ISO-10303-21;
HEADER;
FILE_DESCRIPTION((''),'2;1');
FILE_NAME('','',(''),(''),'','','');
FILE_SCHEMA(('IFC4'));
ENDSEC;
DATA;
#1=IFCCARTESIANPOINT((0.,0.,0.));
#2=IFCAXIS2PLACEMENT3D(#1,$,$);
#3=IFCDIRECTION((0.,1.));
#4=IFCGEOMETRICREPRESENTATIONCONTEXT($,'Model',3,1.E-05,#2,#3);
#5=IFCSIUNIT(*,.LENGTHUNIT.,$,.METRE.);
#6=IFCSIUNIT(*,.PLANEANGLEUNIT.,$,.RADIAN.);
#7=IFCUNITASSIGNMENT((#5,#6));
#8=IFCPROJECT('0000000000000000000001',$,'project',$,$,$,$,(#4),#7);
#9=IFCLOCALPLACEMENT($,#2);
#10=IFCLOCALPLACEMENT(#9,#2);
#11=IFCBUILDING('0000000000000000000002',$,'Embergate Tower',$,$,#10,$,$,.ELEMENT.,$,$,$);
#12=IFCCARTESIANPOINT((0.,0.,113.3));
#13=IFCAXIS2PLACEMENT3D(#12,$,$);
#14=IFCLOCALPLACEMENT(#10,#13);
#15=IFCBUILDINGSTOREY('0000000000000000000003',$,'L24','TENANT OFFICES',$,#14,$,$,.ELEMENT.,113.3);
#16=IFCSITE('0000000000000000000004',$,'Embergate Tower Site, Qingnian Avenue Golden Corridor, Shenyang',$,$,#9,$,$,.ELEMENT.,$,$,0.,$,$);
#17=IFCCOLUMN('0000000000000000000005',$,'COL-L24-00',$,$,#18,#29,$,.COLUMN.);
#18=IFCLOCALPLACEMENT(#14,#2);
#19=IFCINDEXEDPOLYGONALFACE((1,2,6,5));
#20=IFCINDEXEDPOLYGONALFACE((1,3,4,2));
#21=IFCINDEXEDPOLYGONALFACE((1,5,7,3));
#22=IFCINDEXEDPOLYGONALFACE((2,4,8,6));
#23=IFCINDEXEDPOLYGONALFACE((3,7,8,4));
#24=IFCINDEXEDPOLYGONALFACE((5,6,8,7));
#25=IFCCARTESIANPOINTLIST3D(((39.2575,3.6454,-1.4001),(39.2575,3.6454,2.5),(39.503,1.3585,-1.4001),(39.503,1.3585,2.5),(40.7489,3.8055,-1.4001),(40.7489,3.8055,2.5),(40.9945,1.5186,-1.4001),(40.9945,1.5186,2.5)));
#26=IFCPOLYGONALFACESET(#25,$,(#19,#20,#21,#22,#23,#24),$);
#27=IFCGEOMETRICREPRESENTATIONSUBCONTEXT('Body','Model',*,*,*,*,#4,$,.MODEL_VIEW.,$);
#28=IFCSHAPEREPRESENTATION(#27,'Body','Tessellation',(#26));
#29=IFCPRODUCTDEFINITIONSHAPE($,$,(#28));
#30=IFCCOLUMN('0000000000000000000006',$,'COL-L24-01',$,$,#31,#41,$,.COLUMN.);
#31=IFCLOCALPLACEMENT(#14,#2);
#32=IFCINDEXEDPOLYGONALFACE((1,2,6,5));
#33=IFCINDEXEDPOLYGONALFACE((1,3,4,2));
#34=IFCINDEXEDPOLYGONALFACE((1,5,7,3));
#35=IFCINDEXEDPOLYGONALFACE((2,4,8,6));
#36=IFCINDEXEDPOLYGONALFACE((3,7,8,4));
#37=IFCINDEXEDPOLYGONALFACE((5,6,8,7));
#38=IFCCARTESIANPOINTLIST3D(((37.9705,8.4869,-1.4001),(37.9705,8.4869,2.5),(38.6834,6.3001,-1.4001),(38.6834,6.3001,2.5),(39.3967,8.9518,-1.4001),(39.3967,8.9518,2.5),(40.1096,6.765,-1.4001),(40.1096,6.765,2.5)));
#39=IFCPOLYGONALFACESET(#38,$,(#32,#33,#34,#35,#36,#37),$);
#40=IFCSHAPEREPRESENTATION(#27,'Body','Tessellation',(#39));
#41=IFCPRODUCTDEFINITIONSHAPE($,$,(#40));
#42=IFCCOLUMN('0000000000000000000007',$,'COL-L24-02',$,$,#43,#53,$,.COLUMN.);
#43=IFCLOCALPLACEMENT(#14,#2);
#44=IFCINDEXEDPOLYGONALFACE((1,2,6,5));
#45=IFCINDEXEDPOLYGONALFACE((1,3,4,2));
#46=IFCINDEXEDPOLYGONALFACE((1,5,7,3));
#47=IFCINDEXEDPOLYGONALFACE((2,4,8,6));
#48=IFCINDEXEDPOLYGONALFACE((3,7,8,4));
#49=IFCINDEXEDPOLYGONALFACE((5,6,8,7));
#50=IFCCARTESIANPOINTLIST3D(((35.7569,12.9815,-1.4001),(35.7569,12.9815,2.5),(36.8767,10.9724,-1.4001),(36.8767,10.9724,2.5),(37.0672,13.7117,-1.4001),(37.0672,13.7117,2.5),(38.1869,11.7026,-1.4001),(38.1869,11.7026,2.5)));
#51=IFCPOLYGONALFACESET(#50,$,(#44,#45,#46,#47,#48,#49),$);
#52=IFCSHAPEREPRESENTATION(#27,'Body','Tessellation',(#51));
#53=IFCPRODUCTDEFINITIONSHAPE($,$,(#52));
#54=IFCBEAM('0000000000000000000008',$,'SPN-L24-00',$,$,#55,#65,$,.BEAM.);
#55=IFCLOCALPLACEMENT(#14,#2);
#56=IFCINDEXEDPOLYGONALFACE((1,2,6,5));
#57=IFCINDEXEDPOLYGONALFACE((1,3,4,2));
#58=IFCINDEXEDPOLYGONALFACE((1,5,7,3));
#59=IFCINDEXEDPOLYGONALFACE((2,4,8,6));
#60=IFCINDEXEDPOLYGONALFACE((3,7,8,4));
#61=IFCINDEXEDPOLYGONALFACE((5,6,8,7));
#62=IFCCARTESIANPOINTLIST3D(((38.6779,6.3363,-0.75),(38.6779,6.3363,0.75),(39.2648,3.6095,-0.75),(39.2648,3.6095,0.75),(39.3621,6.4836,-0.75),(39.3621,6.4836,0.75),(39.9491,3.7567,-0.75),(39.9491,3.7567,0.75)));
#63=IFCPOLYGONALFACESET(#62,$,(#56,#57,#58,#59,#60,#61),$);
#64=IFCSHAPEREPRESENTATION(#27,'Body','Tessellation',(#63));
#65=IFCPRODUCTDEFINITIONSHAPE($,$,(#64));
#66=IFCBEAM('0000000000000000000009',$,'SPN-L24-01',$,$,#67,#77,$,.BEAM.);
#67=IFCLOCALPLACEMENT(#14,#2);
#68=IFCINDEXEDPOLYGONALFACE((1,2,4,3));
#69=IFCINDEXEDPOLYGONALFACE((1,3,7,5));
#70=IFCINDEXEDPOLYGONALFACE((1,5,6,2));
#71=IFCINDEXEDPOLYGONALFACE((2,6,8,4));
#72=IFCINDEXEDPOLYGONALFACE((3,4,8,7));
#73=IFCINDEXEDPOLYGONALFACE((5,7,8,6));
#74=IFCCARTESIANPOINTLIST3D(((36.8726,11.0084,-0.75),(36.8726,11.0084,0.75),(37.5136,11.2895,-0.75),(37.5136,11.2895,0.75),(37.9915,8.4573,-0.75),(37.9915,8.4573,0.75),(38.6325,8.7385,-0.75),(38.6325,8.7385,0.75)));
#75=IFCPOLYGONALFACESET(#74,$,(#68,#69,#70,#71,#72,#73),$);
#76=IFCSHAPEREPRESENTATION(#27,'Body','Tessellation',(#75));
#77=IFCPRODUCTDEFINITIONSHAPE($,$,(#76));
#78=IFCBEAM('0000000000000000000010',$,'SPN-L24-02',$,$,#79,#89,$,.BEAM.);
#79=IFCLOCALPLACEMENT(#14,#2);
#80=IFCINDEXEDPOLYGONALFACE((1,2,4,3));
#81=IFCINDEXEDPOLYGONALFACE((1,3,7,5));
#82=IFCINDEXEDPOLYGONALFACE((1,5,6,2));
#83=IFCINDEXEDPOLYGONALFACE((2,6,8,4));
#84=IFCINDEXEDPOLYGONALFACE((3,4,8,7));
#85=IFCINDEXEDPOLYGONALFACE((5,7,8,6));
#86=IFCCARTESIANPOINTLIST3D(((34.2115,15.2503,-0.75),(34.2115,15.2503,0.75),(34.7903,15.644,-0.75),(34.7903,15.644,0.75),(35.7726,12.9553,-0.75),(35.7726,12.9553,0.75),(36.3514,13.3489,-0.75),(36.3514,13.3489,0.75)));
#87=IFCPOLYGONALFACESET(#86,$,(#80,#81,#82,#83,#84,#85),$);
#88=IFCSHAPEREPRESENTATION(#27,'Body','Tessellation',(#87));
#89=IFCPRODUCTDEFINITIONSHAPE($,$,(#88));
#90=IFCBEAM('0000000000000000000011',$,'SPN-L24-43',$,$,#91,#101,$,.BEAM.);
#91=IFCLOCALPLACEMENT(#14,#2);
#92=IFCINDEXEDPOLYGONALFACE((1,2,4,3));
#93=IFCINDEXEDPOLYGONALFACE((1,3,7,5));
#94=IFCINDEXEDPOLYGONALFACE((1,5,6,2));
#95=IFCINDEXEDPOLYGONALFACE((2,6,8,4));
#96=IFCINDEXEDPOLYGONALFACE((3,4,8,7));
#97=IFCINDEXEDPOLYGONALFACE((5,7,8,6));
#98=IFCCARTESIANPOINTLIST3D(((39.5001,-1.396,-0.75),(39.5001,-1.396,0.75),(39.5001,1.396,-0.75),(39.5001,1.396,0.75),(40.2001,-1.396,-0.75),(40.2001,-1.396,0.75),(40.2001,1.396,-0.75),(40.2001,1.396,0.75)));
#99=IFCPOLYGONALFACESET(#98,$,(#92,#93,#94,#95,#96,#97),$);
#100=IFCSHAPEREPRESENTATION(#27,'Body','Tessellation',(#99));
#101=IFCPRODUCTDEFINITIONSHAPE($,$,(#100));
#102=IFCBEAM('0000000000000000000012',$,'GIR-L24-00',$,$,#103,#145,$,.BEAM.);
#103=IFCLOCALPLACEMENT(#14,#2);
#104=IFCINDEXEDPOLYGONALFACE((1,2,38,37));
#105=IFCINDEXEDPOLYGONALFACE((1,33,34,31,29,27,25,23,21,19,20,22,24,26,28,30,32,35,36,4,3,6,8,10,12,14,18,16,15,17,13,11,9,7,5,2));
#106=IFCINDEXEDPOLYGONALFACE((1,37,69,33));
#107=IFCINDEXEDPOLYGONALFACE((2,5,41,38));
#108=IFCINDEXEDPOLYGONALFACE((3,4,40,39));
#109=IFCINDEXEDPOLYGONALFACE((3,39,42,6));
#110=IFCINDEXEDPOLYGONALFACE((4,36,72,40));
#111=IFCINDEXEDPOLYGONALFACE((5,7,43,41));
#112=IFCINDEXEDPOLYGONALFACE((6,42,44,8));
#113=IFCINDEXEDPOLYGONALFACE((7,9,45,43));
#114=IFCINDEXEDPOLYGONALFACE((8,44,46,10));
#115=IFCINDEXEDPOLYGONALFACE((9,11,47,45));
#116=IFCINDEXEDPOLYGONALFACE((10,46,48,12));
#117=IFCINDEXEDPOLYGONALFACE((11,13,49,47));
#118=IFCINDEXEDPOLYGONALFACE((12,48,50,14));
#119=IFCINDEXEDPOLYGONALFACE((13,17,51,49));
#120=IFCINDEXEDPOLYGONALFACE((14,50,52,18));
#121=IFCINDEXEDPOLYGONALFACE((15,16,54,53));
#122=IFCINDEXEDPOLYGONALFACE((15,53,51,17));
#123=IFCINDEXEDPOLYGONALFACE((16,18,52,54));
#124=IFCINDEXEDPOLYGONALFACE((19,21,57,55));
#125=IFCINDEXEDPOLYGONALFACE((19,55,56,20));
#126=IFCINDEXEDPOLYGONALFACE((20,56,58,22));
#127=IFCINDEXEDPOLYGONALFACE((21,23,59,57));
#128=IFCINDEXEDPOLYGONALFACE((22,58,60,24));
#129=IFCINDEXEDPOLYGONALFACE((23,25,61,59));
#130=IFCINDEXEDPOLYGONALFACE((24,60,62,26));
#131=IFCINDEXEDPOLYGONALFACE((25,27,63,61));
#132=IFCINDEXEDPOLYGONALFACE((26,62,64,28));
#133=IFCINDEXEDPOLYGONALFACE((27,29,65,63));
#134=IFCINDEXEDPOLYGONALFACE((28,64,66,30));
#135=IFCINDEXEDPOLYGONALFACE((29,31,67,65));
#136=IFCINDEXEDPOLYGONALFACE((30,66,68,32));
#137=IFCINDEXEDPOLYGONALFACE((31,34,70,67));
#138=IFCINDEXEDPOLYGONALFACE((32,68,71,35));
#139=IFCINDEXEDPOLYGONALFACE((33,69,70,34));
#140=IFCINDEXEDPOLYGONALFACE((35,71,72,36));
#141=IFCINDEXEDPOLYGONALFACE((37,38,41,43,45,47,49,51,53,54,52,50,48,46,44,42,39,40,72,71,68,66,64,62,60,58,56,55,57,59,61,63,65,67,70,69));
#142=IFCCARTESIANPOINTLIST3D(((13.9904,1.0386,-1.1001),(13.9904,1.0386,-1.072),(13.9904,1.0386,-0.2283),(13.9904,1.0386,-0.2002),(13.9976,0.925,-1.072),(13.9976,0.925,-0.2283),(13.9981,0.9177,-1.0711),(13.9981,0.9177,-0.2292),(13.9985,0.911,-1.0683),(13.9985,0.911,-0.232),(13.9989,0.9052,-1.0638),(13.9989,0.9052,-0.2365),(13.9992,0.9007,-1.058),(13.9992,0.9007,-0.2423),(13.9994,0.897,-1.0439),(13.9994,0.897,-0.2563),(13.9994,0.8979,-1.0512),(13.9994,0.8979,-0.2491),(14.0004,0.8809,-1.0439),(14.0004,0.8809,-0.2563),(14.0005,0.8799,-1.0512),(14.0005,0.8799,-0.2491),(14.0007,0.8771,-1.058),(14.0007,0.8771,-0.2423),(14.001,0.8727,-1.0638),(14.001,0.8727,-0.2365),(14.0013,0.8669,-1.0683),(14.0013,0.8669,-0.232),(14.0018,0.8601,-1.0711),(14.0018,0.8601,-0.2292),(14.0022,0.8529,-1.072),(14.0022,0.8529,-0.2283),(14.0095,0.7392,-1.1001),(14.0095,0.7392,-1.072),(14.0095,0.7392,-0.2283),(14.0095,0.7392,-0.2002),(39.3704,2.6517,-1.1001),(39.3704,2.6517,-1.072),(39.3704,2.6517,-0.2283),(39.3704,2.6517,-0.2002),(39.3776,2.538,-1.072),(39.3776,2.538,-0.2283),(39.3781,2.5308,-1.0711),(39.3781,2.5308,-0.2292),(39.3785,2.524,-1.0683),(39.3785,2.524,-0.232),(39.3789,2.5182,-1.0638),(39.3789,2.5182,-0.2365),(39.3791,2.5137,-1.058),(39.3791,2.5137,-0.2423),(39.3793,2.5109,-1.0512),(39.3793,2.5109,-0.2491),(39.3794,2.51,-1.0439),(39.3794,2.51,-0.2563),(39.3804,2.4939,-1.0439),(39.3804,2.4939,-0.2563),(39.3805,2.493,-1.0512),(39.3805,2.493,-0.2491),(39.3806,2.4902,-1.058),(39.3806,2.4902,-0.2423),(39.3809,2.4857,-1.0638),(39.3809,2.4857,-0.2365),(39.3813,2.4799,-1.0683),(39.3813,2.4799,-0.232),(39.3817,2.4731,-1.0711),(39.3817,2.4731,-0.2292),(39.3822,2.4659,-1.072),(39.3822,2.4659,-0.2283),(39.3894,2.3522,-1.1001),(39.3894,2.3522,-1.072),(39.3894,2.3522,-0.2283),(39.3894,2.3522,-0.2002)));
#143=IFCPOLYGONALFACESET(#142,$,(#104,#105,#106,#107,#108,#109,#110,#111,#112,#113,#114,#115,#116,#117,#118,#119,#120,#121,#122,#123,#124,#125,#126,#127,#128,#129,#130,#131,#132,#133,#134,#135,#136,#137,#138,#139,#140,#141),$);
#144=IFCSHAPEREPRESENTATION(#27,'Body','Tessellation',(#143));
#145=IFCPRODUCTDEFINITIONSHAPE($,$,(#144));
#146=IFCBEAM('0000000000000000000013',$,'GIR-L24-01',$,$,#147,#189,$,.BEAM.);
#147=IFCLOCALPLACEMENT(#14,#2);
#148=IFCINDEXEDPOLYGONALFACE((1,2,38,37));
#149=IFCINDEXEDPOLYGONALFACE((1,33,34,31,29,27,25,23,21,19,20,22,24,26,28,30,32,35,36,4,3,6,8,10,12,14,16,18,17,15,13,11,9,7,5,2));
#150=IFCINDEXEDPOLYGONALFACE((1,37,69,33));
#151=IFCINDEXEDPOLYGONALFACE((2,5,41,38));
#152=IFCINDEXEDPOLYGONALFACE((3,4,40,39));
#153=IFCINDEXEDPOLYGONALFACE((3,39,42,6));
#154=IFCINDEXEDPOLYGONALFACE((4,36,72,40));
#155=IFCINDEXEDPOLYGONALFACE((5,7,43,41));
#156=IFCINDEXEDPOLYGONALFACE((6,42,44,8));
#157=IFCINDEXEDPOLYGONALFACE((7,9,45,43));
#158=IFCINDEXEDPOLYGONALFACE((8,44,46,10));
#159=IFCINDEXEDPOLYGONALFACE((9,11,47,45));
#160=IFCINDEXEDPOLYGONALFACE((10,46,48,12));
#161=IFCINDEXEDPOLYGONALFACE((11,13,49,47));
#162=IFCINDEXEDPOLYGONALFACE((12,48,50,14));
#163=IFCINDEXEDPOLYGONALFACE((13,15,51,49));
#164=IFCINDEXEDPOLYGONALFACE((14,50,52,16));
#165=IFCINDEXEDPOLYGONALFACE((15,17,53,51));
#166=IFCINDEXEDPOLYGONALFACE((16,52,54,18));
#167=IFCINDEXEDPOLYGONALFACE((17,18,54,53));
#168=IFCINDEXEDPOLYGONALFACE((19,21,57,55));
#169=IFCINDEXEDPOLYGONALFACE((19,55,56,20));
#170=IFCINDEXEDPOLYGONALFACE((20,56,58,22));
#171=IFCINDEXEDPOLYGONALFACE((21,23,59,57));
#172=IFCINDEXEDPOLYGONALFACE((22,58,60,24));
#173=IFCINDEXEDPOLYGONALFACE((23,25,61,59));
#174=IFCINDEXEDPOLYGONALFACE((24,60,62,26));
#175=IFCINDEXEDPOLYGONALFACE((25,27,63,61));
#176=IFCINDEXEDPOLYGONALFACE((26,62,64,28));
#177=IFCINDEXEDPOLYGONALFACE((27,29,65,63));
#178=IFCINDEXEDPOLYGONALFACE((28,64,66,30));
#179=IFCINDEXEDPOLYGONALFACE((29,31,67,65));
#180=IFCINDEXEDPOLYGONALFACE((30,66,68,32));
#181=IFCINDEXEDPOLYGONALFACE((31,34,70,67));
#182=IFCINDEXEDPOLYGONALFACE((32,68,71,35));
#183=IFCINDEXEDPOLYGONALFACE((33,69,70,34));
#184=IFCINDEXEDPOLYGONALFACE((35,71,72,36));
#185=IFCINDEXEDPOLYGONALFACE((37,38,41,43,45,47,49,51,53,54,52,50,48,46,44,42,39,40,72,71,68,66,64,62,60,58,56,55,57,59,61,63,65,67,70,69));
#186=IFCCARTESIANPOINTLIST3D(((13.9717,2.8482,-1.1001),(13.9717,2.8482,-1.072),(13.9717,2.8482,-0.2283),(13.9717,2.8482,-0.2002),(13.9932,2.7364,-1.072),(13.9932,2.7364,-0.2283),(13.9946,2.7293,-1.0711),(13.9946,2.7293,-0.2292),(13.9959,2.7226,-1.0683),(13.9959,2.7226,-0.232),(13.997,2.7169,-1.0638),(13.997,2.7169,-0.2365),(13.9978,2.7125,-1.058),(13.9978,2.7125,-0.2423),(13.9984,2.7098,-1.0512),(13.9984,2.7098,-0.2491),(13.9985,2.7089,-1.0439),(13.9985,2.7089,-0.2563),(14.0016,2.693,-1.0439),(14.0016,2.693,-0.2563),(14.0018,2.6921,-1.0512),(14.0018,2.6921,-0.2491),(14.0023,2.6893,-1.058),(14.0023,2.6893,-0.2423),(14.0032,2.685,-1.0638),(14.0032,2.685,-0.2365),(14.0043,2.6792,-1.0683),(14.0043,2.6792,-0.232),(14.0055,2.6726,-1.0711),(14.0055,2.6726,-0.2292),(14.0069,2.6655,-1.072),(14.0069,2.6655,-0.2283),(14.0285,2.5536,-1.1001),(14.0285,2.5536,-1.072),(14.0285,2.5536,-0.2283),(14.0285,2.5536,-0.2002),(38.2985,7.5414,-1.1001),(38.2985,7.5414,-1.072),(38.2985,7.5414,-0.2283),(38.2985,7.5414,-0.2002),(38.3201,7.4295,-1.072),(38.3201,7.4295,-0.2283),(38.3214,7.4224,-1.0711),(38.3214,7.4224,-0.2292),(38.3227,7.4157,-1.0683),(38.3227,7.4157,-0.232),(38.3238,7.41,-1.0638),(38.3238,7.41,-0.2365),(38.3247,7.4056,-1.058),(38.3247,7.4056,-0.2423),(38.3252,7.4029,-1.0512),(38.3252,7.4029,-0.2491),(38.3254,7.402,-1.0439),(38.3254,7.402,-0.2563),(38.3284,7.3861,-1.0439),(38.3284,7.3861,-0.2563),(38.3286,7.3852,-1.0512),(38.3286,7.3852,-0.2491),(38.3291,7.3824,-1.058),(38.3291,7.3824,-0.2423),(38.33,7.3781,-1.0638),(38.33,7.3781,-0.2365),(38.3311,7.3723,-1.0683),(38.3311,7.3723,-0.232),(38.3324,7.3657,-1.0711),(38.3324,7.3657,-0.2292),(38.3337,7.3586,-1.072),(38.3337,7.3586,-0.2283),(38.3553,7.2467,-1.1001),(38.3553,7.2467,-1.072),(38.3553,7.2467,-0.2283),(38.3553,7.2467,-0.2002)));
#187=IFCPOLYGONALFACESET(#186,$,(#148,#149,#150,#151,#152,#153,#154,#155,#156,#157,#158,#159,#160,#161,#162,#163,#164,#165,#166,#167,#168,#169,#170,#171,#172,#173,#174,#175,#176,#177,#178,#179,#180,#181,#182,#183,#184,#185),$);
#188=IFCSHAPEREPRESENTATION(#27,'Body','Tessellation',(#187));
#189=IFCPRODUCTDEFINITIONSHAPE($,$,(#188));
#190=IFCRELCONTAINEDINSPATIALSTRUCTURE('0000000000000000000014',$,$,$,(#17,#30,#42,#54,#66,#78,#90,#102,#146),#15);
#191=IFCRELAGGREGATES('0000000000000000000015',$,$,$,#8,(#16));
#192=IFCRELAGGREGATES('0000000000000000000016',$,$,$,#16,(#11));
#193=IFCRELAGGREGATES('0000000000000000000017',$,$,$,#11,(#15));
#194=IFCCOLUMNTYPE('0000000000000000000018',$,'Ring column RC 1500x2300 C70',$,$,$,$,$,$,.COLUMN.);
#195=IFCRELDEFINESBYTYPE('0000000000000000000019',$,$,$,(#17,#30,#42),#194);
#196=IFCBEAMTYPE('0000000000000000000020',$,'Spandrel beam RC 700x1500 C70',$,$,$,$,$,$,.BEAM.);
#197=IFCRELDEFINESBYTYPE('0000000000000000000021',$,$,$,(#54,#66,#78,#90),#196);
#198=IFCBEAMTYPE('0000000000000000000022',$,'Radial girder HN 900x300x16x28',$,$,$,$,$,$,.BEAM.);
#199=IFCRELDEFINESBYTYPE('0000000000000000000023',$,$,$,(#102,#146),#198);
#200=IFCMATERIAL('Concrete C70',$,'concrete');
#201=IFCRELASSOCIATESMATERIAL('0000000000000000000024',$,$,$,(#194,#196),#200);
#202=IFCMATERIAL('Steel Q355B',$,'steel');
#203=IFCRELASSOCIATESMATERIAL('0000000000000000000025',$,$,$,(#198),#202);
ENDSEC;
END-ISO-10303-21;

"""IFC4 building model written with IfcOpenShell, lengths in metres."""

from ifc_helpers import new_model, si_unit, direction, frame, origin, origin_2d, place, context, subcontext, project, spatial, rectangle, i_section, extrude, source, transform, mapped, material, material_profile, profile_set, type_object, element, save


model = new_model("IFC4")

# Units and contexts
model_context = context("Model", 3, precision=1e-05, world=origin(), true_north=direction((0.0, 1.0)))
body_context = subcontext(model_context, "Body", "Model", "MODEL_VIEW")
ifc_project = project(units=[si_unit("LENGTHUNIT", "METRE"), si_unit("PLANEANGLEUNIT", "RADIAN")], contexts=[model_context])

# Site, building, storey
site_placement = place(None, origin())
site = spatial("IfcSite", under=ifc_project, at=site_placement, Name="Embergate Tower Site, Qingnian Avenue Golden Corridor, Shenyang", CompositionType="ELEMENT", RefElevation=0.0)
building_placement = place(site_placement, origin())
building = spatial("IfcBuilding", under=site, at=building_placement, Name="Embergate Tower", CompositionType="ELEMENT")
storey_placement = place(building_placement, frame((0.0, 0.0, 113.3)))
storey = spatial("IfcBuildingStorey", under=building, at=storey_placement, Name="L24", Description="TENANT OFFICES", CompositionType="ELEMENT", Elevation=113.3)

# Columns
ifc_material_1 = material(Name="Concrete C70", Category="concrete")
ifc_material_profile_1 = material_profile(ifc_material_1, rectangle(XDim=1.5, YDim=2.3, at=origin_2d()), Name="RC 1500x2300")
ifc_profile_set_1 = profile_set([ifc_material_profile_1], Name="Concrete C70")
column_type = type_object("IfcColumnType", Name="Ring column RC 1500x2300 C70", PredefinedType="COLUMN", material=ifc_profile_set_1)
shared_shape_1 = source(origin(), body_context, "Body", "SweptSolid", [
    extrude(rectangle(XDim=1.5, YDim=2.3, at=origin_2d()), origin(), (0.0, 0.0, 1.0), 3.9001),
])
for number, where, z_axis, x_axis, name in (
    (1, (40.126, 2.582, -1.4001), (0.0, 0.0, 1.0), (0.994286, 0.10675, 0.0), "COL-L24-00"),
    (2, (39.04, 7.626, -1.4001), (0.0, 0.0, 1.0), (0.950754, 0.309946, 0.0), "COL-L24-01"),
    (3, (36.9719, 12.342, -1.4001), (0.0, 0.0, 1.0), (0.8735, 0.486823, 0.0), "COL-L24-02"),
):
    element("IfcColumn", number, at=place(storey_placement, frame(where, z_axis=z_axis, x_axis=x_axis)), inside=storey, type_object=column_type, Name=name, PredefinedType="COLUMN", context=body_context, shape_type="MappedRepresentation", body=[
        mapped(shared_shape_1, transform((0.0, 0.0, 0.0))),
    ])

# Beams
ifc_material_profile_2 = material_profile(ifc_material_1, rectangle(XDim=0.7, YDim=1.5, at=origin_2d()), Name="RC 700x1500")
ifc_profile_set_2 = profile_set([ifc_material_profile_2], Name="Concrete C70")
beam_type_1 = type_object("IfcBeamType", Name="Spandrel beam RC 700x1500 C70", PredefinedType="BEAM", material=ifc_profile_set_2)
shared_shape_2 = source(origin(), body_context, "Body", "SweptSolid", [
    extrude(rectangle(XDim=0.7, YDim=1.5, at=origin_2d()), origin(), (0.0, 0.0, 1.0), 2.7893),
])
beam_1_placement = place(storey_placement, frame((39.6069, 3.6831, 0.0), z_axis=(-0.21042, 0.977611, 0.0), x_axis=(-0.977611, -0.21042, 0.0)))
element("IfcBeam", 4, at=beam_1_placement, inside=storey, type_object=beam_type_1, Name="SPN-L24-00", PredefinedType="BEAM", context=body_context, shape_type="MappedRepresentation", body=[
    mapped(shared_shape_2, transform((0.0, 0.0, 0.0))),
])
shared_shape_3 = source(origin(), body_context, "Body", "SweptSolid", [
    extrude(rectangle(XDim=0.7, YDim=1.5, at=origin_2d()), origin(), (0.0, 0.0, 1.0), 2.7856),
])
beam_2_placement = place(storey_placement, frame((38.312, 8.5979, 0.0), z_axis=(-0.401669, 0.915785, 0.0), x_axis=(-0.915785, -0.401669, 0.0)))
element("IfcBeam", 5, at=beam_2_placement, inside=storey, type_object=beam_type_1, Name="SPN-L24-01", PredefinedType="BEAM", context=body_context, shape_type="MappedRepresentation", body=[
    mapped(shared_shape_3, transform((0.0, 0.0, 0.0))),
])
shared_shape_4 = source(origin(), body_context, "Body", "SweptSolid", [
    extrude(rectangle(XDim=0.7, YDim=1.5, at=origin_2d()), origin(), (0.0, 0.0, 1.0), 2.7756),
])
beam_3_placement = place(storey_placement, frame((36.062, 13.1521, 0.0), z_axis=(-0.56243, 0.826845, 0.0), x_axis=(-0.826845, -0.56243, 0.0)))
element("IfcBeam", 6, at=beam_3_placement, inside=storey, type_object=beam_type_1, Name="SPN-L24-02", PredefinedType="BEAM", context=body_context, shape_type="MappedRepresentation", body=[
    mapped(shared_shape_4, transform((0.0, 0.0, 0.0))),
])
shared_shape_5 = source(origin(), body_context, "Body", "SweptSolid", [
    extrude(rectangle(XDim=0.7, YDim=1.5, at=origin_2d()), origin(), (0.0, 0.0, 1.0), 2.792),
])
beam_4_placement = place(storey_placement, frame((39.8501, -1.396, 0.0), z_axis=(0.0, 1.0, 0.0), x_axis=(-1.0, 0.0, 0.0)))
element("IfcBeam", 7, at=beam_4_placement, inside=storey, type_object=beam_type_1, Name="SPN-L24-43", PredefinedType="BEAM", context=body_context, shape_type="MappedRepresentation", body=[
    mapped(shared_shape_5, transform((0.0, 0.0, 0.0))),
])
ifc_material_2 = material(Name="Steel Q355B", Category="steel")
ifc_material_profile_3 = material_profile(ifc_material_2, i_section(OverallWidth=0.3, OverallDepth=0.8999, WebThickness=0.0161, FlangeThickness=0.0281, FilletRadius=0.0281, at=origin_2d()), Name="HN 900x300x16x28")
ifc_profile_set_3 = profile_set([ifc_material_profile_3], Name="Steel Q355 grade B")
beam_type_2 = type_object("IfcBeamType", Name="Radial girder HN 900x300x16x28", PredefinedType="BEAM", material=ifc_profile_set_3)
shared_shape_6 = source(origin(), body_context, "Body", "SweptSolid", [
    extrude(i_section(OverallWidth=0.3, OverallDepth=0.8999, WebThickness=0.0161, FlangeThickness=0.0281, FilletRadius=0.0281, at=origin_2d()), origin(), (0.0, 0.0, 1.0), 25.4312),
])
beam_5_placement = place(storey_placement, frame((39.3799, 2.502, -0.6501), z_axis=(-0.997986, -0.063428, 0.0), x_axis=(0.063428, -0.997986, 0.0)))
element("IfcBeam", 8, at=beam_5_placement, inside=storey, type_object=beam_type_2, Name="GIR-L24-00", PredefinedType="BEAM", context=body_context, shape_type="MappedRepresentation", body=[
    mapped(shared_shape_6, transform((0.0, 0.0, 0.0))),
])
shared_shape_7 = source(origin(), body_context, "Body", "SweptSolid", [
    extrude(i_section(OverallWidth=0.3, OverallDepth=0.8999, WebThickness=0.0161, FlangeThickness=0.0281, FilletRadius=0.0281, at=origin_2d()), origin(), (0.0, 0.0, 1.0), 24.7754),
])
beam_6_placement = place(storey_placement, frame((38.3269, 7.394, -0.6501), z_axis=(-0.981895, -0.189426, 0.0), x_axis=(0.189426, -0.981895, 0.0)))
element("IfcBeam", 9, at=beam_6_placement, inside=storey, type_object=beam_type_2, Name="GIR-L24-01", PredefinedType="BEAM", context=body_context, shape_type="MappedRepresentation", body=[
    mapped(shared_shape_7, transform((0.0, 0.0, 0.0))),
])

save(model, "model.ifc")
